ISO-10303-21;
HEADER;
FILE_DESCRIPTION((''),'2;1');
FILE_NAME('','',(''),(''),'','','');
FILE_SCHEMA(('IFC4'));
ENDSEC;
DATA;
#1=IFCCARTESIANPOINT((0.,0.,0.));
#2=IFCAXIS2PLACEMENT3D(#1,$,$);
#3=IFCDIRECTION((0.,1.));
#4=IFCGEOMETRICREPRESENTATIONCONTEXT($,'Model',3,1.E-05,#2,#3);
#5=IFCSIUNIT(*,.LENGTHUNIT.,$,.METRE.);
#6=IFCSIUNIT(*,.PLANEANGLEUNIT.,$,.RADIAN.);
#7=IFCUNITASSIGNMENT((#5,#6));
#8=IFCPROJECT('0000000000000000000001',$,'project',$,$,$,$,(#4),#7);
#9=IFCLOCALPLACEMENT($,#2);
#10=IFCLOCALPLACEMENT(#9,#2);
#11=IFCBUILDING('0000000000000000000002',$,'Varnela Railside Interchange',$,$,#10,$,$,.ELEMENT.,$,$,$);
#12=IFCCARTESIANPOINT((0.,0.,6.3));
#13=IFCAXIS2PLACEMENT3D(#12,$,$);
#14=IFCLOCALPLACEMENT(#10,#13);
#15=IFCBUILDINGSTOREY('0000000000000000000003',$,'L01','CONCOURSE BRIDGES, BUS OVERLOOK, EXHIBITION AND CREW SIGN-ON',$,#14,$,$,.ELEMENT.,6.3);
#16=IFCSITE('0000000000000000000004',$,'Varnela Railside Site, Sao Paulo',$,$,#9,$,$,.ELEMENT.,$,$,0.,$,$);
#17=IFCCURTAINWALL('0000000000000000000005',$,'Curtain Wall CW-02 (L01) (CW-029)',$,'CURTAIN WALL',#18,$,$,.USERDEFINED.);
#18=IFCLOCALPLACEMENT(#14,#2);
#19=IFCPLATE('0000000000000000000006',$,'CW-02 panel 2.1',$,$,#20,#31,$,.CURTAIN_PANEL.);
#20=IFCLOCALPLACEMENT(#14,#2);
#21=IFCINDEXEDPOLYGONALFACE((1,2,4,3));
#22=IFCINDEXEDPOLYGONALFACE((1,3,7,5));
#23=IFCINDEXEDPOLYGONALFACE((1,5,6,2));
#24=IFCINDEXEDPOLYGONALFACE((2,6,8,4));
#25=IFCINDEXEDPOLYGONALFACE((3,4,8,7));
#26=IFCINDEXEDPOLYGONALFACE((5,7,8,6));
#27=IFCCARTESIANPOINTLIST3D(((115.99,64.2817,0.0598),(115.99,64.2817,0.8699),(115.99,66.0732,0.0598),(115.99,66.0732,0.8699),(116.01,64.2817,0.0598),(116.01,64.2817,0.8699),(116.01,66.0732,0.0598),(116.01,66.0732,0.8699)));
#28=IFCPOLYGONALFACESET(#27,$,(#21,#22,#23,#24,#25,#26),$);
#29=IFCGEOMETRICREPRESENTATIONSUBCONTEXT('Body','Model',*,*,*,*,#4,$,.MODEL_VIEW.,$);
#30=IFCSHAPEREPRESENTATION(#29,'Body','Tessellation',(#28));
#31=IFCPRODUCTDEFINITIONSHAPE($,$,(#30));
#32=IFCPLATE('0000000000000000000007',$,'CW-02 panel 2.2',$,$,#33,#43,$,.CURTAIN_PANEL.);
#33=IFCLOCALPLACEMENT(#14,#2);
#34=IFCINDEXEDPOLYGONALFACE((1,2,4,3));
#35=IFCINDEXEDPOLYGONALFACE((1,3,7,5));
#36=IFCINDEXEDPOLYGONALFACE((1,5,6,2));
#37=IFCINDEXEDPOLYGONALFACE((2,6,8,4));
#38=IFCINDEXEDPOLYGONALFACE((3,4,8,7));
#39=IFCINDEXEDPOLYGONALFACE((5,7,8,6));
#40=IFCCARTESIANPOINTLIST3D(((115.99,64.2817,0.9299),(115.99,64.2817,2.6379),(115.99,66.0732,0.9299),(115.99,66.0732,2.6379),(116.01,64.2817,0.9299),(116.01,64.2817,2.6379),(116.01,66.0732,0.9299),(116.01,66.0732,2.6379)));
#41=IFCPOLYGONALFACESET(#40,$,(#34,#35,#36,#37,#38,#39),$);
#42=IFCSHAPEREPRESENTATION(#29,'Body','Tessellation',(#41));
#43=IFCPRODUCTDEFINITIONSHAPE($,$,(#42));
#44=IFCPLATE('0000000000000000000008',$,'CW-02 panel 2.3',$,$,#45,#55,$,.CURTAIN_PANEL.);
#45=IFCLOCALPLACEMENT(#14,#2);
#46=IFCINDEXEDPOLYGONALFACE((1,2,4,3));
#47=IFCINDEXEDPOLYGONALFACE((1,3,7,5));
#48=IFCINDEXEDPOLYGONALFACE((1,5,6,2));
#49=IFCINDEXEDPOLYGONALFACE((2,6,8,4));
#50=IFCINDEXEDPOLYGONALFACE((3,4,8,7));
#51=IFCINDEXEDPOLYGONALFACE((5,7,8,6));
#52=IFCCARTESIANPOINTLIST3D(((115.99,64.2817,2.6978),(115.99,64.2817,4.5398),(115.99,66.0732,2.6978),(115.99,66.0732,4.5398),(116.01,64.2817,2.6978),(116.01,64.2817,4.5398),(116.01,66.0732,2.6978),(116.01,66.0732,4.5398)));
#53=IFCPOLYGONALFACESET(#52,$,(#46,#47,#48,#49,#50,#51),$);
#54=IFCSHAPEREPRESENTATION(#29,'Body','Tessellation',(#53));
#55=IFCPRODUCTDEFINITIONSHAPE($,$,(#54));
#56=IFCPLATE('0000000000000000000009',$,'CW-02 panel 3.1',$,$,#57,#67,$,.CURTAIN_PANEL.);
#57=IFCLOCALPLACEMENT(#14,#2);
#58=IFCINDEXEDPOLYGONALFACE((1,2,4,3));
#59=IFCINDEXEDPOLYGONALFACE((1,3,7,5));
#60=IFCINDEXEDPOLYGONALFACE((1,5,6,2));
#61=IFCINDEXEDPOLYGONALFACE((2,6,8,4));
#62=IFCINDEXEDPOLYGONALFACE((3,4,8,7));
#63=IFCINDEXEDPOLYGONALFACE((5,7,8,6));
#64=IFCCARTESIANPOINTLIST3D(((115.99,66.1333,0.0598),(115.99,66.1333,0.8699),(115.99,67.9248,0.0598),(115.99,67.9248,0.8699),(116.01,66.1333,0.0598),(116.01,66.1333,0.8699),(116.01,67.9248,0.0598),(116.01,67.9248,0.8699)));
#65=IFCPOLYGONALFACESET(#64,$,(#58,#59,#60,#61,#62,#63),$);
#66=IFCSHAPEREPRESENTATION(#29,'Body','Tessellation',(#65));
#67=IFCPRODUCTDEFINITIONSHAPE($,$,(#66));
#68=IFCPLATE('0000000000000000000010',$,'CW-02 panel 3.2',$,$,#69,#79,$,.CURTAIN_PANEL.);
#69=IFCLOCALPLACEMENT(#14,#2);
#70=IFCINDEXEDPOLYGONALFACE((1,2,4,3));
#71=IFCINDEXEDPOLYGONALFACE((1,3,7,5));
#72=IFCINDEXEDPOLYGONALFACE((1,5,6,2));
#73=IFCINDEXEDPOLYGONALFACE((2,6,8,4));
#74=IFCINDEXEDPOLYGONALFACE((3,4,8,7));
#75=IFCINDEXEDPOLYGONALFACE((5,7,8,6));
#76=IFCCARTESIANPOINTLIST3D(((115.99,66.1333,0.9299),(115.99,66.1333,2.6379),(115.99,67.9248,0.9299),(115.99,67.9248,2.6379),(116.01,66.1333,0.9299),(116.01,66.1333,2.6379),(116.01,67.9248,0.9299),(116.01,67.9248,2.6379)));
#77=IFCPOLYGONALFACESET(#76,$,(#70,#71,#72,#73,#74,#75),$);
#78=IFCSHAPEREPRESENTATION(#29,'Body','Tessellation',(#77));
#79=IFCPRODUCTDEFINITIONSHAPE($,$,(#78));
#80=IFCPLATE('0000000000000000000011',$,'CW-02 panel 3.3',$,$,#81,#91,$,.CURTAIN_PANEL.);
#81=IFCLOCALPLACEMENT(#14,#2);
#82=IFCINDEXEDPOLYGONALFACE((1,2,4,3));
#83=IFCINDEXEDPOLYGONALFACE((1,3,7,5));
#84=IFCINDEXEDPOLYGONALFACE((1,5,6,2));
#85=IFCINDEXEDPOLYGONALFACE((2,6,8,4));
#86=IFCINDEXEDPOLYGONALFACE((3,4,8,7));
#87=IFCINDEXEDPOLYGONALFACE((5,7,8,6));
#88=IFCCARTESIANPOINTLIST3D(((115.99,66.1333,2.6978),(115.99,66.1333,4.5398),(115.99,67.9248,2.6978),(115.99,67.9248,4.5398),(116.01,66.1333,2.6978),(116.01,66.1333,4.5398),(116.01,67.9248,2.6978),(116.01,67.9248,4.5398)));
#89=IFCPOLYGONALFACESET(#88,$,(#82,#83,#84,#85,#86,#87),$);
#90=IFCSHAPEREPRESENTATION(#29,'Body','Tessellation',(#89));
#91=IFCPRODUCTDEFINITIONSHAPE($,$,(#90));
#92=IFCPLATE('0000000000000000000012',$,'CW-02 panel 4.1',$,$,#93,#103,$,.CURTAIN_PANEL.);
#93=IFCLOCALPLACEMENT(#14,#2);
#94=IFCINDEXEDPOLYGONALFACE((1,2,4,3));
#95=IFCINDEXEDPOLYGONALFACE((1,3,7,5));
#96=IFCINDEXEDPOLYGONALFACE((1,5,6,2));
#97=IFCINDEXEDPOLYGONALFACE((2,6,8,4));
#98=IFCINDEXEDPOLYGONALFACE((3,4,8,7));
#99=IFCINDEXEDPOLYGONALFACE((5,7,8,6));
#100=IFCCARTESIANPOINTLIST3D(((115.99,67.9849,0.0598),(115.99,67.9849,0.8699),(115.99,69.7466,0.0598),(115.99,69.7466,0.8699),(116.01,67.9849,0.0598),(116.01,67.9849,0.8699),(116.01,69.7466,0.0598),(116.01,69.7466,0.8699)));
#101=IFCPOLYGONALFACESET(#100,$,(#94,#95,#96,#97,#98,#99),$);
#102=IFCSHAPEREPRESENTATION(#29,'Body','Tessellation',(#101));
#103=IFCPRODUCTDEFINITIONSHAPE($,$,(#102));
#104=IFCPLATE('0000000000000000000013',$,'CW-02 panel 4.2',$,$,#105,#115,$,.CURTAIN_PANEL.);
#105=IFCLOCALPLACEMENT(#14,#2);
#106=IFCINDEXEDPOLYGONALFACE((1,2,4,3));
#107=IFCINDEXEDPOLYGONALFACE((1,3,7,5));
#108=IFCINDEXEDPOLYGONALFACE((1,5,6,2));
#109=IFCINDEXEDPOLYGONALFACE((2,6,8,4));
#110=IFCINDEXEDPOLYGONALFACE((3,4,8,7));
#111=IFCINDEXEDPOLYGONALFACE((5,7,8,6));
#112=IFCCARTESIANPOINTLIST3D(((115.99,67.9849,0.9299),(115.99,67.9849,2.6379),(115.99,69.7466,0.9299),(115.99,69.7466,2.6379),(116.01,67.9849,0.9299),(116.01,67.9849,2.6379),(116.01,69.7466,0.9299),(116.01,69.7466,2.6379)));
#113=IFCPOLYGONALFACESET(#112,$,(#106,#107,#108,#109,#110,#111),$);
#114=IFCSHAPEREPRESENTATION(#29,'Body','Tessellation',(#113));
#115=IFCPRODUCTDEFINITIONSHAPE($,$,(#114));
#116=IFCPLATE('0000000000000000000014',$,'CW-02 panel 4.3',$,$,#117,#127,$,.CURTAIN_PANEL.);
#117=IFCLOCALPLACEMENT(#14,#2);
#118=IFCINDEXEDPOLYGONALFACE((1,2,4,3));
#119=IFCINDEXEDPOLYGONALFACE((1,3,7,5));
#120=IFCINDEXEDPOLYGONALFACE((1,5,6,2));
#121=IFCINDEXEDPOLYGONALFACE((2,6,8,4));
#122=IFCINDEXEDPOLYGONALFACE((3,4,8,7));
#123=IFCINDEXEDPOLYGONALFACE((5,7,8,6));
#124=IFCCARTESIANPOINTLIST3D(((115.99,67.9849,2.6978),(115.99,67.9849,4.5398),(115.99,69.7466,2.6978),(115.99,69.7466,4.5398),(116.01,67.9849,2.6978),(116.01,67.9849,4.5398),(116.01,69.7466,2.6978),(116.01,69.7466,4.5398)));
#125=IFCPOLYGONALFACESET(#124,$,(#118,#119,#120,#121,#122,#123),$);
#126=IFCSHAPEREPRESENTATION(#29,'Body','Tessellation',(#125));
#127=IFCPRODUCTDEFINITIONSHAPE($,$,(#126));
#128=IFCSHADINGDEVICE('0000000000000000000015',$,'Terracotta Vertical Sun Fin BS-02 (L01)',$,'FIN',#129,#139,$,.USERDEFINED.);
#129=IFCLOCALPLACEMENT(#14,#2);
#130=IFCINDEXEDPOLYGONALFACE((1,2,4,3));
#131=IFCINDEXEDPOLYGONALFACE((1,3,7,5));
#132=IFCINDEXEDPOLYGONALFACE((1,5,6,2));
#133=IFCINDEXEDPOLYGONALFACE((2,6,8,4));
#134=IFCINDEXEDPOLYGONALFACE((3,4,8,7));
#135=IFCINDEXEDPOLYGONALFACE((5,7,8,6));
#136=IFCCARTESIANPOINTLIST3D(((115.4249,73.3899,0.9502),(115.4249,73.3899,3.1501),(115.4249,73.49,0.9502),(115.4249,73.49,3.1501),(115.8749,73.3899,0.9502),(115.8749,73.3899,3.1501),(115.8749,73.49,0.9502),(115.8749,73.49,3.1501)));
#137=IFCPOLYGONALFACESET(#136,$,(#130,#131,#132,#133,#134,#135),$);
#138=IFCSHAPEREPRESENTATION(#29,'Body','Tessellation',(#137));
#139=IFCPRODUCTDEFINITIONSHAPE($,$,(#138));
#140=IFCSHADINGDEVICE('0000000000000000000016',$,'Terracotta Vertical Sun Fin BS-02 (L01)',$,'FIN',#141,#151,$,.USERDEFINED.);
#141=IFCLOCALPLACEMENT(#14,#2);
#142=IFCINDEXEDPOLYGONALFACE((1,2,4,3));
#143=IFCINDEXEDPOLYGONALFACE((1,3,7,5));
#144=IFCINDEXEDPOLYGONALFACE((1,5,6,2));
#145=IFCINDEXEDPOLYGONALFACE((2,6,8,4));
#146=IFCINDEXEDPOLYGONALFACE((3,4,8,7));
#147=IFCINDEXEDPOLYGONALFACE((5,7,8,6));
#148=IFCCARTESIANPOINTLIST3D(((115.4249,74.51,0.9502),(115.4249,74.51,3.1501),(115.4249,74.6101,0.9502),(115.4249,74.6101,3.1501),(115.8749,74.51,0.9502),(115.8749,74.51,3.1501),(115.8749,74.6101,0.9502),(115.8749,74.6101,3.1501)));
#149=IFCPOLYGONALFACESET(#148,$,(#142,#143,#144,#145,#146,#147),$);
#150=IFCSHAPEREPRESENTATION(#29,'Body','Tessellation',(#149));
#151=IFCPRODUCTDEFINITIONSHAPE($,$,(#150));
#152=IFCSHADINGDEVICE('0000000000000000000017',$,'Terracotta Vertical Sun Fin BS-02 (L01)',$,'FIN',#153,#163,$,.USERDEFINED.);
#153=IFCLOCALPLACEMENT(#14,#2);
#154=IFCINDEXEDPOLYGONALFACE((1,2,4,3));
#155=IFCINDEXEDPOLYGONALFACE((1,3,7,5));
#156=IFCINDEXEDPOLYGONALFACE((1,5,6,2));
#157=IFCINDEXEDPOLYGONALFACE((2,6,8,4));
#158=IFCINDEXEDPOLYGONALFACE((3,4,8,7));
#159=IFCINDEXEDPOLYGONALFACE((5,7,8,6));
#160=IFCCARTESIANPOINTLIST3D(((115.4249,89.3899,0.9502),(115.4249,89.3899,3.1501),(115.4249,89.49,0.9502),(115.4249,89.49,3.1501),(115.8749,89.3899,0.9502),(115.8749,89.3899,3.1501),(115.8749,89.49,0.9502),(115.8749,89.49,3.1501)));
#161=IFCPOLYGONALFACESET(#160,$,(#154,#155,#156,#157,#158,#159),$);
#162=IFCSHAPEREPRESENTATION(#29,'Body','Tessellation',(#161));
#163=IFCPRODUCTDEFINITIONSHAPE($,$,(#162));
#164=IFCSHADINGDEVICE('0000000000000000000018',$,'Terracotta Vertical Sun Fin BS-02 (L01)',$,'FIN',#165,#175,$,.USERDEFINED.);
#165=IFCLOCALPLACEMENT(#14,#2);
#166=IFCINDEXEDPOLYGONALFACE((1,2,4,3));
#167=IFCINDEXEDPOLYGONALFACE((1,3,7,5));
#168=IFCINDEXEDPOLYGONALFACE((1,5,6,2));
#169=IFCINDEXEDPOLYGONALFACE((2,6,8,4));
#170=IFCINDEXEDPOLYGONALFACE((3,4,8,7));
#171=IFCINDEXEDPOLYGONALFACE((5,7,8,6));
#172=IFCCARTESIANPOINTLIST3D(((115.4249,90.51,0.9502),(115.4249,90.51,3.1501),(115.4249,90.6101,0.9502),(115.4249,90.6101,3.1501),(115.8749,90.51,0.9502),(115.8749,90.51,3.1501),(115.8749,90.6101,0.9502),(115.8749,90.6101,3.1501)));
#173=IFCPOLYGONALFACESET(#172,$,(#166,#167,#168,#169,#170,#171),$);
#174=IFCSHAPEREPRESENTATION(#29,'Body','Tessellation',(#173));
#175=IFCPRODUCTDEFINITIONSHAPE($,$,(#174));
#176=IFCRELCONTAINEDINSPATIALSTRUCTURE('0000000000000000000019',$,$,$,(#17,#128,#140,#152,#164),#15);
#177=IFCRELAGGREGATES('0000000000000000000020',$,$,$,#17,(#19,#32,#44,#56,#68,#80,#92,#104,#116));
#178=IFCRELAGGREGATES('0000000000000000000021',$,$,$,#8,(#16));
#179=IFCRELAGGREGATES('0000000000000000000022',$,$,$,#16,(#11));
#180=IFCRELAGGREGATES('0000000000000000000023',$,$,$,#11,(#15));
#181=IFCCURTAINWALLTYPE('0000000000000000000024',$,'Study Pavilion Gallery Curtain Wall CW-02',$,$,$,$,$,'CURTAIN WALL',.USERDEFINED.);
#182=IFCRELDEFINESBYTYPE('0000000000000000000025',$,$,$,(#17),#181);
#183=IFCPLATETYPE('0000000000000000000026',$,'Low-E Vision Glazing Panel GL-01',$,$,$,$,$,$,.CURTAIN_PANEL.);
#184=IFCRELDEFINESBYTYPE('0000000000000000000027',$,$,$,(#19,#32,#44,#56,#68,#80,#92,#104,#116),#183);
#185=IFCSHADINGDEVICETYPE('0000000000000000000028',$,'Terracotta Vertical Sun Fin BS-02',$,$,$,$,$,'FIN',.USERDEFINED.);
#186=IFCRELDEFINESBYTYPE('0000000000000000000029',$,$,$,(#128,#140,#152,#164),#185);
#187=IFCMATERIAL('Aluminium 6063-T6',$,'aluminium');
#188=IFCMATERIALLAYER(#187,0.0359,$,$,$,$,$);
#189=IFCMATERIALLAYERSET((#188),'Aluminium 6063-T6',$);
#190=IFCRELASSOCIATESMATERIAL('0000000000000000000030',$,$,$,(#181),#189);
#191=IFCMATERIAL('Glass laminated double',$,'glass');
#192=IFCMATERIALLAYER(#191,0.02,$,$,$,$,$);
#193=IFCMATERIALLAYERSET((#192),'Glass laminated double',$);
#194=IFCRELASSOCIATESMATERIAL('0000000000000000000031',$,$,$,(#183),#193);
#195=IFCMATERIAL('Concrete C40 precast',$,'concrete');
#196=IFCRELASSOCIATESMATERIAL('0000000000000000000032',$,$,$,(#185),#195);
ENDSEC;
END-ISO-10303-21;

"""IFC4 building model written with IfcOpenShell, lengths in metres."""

from ifc_helpers import new_model, si_unit, direction, frame, origin, origin_2d, place, context, subcontext, project, spatial, rectangle, extrude, material, layer, layer_set, type_object, element, aggregate, save


model = new_model("IFC4")

# Units and contexts
model_context = context("Model", 3, precision=1e-05, world=origin(), true_north=direction((0.0, 1.0)))
body_context = subcontext(model_context, "Body", "Model", "MODEL_VIEW")
ifc_project = project(units=[si_unit("LENGTHUNIT", "METRE"), si_unit("PLANEANGLEUNIT", "RADIAN")], contexts=[model_context])

# Site, building, storey
site_placement = place(None, origin())
site = spatial("IfcSite", under=ifc_project, at=site_placement, Name="Varnela Railside Site, Sao Paulo", CompositionType="ELEMENT", RefElevation=0.0)
building_placement = place(site_placement, origin())
building = spatial("IfcBuilding", under=site, at=building_placement, Name="Varnela Railside Interchange", CompositionType="ELEMENT")
storey_placement = place(building_placement, frame((0.0, 0.0, 6.3)))
storey = spatial("IfcBuildingStorey", under=building, at=storey_placement, Name="L01", Description="CONCOURSE BRIDGES, BUS OVERLOOK, EXHIBITION AND CREW SIGN-ON", CompositionType="ELEMENT", Elevation=6.3)

# Curtain wall, plates
ifc_material_1 = material(Name="Aluminium 6063-T6", Category="aluminium")
ifc_layer_1 = layer(ifc_material_1, 0.0359)
ifc_layer_set_1 = layer_set([ifc_layer_1], Name="Aluminium 6063-T6")
curtain_wall_type = type_object("IfcCurtainWallType", Name="Study Pavilion Gallery Curtain Wall CW-02", ElementType="CURTAIN WALL", PredefinedType="USERDEFINED", material=ifc_layer_set_1)
curtain_wall_placement = place(storey_placement, origin())
curtain_wall = element("IfcCurtainWall", 1, at=curtain_wall_placement, inside=storey, type_object=curtain_wall_type, Name="Curtain Wall CW-02 (L01) (CW-029)", ObjectType="CURTAIN WALL", PredefinedType="USERDEFINED")
ifc_material_2 = material(Name="Glass laminated double", Category="glass")
ifc_layer_2 = layer(ifc_material_2, 0.02)
ifc_layer_set_2 = layer_set([ifc_layer_2], Name="Glass laminated double")
plate_type = type_object("IfcPlateType", Name="Low-E Vision Glazing Panel GL-01", PredefinedType="CURTAIN_PANEL", material=ifc_layer_set_2)
plate_1_placement = place(storey_placement, frame((116.0, 65.1775, 0.0598), z_axis=(0.0, 0.0, 1.0), x_axis=(0.0, 1.0, 0.0)))
plate_1 = element("IfcPlate", 2, at=plate_1_placement, type_object=plate_type, Name="CW-02 panel 2.1", PredefinedType="CURTAIN_PANEL", context=body_context, shape_type="SweptSolid", body=[
    extrude(rectangle(XDim=1.7915, YDim=0.02, at=origin_2d()), origin(), (0.0, 0.0, 1.0), 0.8101),
])
plate_2_placement = place(storey_placement, frame((116.0, 65.1775, 0.9299), z_axis=(0.0, 0.0, 1.0), x_axis=(0.0, 1.0, 0.0)))
plate_2 = element("IfcPlate", 3, at=plate_2_placement, type_object=plate_type, Name="CW-02 panel 2.2", PredefinedType="CURTAIN_PANEL", context=body_context, shape_type="SweptSolid", body=[
    extrude(rectangle(XDim=1.7915, YDim=0.02, at=origin_2d()), origin(), (0.0, 0.0, 1.0), 1.708),
])
plate_3_placement = place(storey_placement, frame((116.0, 65.1775, 2.6978), z_axis=(0.0, 0.0, 1.0), x_axis=(0.0, 1.0, 0.0)))
plate_3 = element("IfcPlate", 4, at=plate_3_placement, type_object=plate_type, Name="CW-02 panel 2.3", PredefinedType="CURTAIN_PANEL", context=body_context, shape_type="SweptSolid", body=[
    extrude(rectangle(XDim=1.7915, YDim=0.02, at=origin_2d()), origin(), (0.0, 0.0, 1.0), 1.842),
])
plate_4_placement = place(storey_placement, frame((116.0, 67.0291, 0.0598), z_axis=(0.0, 0.0, 1.0), x_axis=(0.0, 1.0, 0.0)))
plate_4 = element("IfcPlate", 5, at=plate_4_placement, type_object=plate_type, Name="CW-02 panel 3.1", PredefinedType="CURTAIN_PANEL", context=body_context, shape_type="SweptSolid", body=[
    extrude(rectangle(XDim=1.7915, YDim=0.02, at=origin_2d()), origin(), (0.0, 0.0, 1.0), 0.8101),
])
plate_5_placement = place(storey_placement, frame((116.0, 67.0291, 0.9299), z_axis=(0.0, 0.0, 1.0), x_axis=(0.0, 1.0, 0.0)))
plate_5 = element("IfcPlate", 6, at=plate_5_placement, type_object=plate_type, Name="CW-02 panel 3.2", PredefinedType="CURTAIN_PANEL", context=body_context, shape_type="SweptSolid", body=[
    extrude(rectangle(XDim=1.7915, YDim=0.02, at=origin_2d()), origin(), (0.0, 0.0, 1.0), 1.708),
])
plate_6_placement = place(storey_placement, frame((116.0, 67.0291, 2.6978), z_axis=(0.0, 0.0, 1.0), x_axis=(0.0, 1.0, 0.0)))
plate_6 = element("IfcPlate", 7, at=plate_6_placement, type_object=plate_type, Name="CW-02 panel 3.3", PredefinedType="CURTAIN_PANEL", context=body_context, shape_type="SweptSolid", body=[
    extrude(rectangle(XDim=1.7915, YDim=0.02, at=origin_2d()), origin(), (0.0, 0.0, 1.0), 1.842),
])
plate_7_placement = place(storey_placement, frame((116.0, 68.8657, 0.0598), z_axis=(0.0, 0.0, 1.0), x_axis=(0.0, 1.0, 0.0)))
plate_7 = element("IfcPlate", 8, at=plate_7_placement, type_object=plate_type, Name="CW-02 panel 4.1", PredefinedType="CURTAIN_PANEL", context=body_context, shape_type="SweptSolid", body=[
    extrude(rectangle(XDim=1.7617, YDim=0.02, at=origin_2d()), origin(), (0.0, 0.0, 1.0), 0.8101),
])
plate_8_placement = place(storey_placement, frame((116.0, 68.8657, 0.9299), z_axis=(0.0, 0.0, 1.0), x_axis=(0.0, 1.0, 0.0)))
plate_8 = element("IfcPlate", 9, at=plate_8_placement, type_object=plate_type, Name="CW-02 panel 4.2", PredefinedType="CURTAIN_PANEL", context=body_context, shape_type="SweptSolid", body=[
    extrude(rectangle(XDim=1.7617, YDim=0.02, at=origin_2d()), origin(), (0.0, 0.0, 1.0), 1.708),
])
plate_9_placement = place(storey_placement, frame((116.0, 68.8657, 2.6978), z_axis=(0.0, 0.0, 1.0), x_axis=(0.0, 1.0, 0.0)))
plate_9 = element("IfcPlate", 10, at=plate_9_placement, type_object=plate_type, Name="CW-02 panel 4.3", PredefinedType="CURTAIN_PANEL", context=body_context, shape_type="SweptSolid", body=[
    extrude(rectangle(XDim=1.7617, YDim=0.02, at=origin_2d()), origin(), (0.0, 0.0, 1.0), 1.842),
])
aggregate(curtain_wall, [plate_1, plate_2, plate_3, plate_4, plate_5, plate_6, plate_7, plate_8, plate_9])

# Shading devices
ifc_material_3 = material(Name="Concrete C40 precast", Category="concrete")
shading_device_type = type_object("IfcShadingDeviceType", Name="Terracotta Vertical Sun Fin BS-02", ElementType="FIN", PredefinedType="USERDEFINED", material=ifc_material_3)
for number, where, z_axis, x_axis, name in (
    (11, (115.6499, 73.4399, 0.9502), (0.0, 0.0, 1.0), (-1.0, 0.0, 0.0), "Terracotta Vertical Sun Fin BS-02 (L01)"),
    (12, (115.6499, 74.5601, 0.9502), (0.0, 0.0, 1.0), (-1.0, 0.0, 0.0), "Terracotta Vertical Sun Fin BS-02 (L01)"),
    (13, (115.6499, 89.4399, 0.9502), (0.0, 0.0, 1.0), (-1.0, 0.0, 0.0), "Terracotta Vertical Sun Fin BS-02 (L01)"),
    (14, (115.6499, 90.5601, 0.9502), (0.0, 0.0, 1.0), (-1.0, 0.0, 0.0), "Terracotta Vertical Sun Fin BS-02 (L01)"),
):
    element("IfcShadingDevice", number, at=place(storey_placement, frame(where, z_axis=z_axis, x_axis=x_axis)), inside=storey, type_object=shading_device_type, Name=name, ObjectType="FIN", PredefinedType="USERDEFINED", context=body_context, shape_type="SweptSolid", body=[
        extrude(rectangle(XDim=0.45, YDim=0.1001, at=origin_2d()), origin(), (0.0, 0.0, 1.0), 2.2),
    ])

save(model, "model.ifc")
